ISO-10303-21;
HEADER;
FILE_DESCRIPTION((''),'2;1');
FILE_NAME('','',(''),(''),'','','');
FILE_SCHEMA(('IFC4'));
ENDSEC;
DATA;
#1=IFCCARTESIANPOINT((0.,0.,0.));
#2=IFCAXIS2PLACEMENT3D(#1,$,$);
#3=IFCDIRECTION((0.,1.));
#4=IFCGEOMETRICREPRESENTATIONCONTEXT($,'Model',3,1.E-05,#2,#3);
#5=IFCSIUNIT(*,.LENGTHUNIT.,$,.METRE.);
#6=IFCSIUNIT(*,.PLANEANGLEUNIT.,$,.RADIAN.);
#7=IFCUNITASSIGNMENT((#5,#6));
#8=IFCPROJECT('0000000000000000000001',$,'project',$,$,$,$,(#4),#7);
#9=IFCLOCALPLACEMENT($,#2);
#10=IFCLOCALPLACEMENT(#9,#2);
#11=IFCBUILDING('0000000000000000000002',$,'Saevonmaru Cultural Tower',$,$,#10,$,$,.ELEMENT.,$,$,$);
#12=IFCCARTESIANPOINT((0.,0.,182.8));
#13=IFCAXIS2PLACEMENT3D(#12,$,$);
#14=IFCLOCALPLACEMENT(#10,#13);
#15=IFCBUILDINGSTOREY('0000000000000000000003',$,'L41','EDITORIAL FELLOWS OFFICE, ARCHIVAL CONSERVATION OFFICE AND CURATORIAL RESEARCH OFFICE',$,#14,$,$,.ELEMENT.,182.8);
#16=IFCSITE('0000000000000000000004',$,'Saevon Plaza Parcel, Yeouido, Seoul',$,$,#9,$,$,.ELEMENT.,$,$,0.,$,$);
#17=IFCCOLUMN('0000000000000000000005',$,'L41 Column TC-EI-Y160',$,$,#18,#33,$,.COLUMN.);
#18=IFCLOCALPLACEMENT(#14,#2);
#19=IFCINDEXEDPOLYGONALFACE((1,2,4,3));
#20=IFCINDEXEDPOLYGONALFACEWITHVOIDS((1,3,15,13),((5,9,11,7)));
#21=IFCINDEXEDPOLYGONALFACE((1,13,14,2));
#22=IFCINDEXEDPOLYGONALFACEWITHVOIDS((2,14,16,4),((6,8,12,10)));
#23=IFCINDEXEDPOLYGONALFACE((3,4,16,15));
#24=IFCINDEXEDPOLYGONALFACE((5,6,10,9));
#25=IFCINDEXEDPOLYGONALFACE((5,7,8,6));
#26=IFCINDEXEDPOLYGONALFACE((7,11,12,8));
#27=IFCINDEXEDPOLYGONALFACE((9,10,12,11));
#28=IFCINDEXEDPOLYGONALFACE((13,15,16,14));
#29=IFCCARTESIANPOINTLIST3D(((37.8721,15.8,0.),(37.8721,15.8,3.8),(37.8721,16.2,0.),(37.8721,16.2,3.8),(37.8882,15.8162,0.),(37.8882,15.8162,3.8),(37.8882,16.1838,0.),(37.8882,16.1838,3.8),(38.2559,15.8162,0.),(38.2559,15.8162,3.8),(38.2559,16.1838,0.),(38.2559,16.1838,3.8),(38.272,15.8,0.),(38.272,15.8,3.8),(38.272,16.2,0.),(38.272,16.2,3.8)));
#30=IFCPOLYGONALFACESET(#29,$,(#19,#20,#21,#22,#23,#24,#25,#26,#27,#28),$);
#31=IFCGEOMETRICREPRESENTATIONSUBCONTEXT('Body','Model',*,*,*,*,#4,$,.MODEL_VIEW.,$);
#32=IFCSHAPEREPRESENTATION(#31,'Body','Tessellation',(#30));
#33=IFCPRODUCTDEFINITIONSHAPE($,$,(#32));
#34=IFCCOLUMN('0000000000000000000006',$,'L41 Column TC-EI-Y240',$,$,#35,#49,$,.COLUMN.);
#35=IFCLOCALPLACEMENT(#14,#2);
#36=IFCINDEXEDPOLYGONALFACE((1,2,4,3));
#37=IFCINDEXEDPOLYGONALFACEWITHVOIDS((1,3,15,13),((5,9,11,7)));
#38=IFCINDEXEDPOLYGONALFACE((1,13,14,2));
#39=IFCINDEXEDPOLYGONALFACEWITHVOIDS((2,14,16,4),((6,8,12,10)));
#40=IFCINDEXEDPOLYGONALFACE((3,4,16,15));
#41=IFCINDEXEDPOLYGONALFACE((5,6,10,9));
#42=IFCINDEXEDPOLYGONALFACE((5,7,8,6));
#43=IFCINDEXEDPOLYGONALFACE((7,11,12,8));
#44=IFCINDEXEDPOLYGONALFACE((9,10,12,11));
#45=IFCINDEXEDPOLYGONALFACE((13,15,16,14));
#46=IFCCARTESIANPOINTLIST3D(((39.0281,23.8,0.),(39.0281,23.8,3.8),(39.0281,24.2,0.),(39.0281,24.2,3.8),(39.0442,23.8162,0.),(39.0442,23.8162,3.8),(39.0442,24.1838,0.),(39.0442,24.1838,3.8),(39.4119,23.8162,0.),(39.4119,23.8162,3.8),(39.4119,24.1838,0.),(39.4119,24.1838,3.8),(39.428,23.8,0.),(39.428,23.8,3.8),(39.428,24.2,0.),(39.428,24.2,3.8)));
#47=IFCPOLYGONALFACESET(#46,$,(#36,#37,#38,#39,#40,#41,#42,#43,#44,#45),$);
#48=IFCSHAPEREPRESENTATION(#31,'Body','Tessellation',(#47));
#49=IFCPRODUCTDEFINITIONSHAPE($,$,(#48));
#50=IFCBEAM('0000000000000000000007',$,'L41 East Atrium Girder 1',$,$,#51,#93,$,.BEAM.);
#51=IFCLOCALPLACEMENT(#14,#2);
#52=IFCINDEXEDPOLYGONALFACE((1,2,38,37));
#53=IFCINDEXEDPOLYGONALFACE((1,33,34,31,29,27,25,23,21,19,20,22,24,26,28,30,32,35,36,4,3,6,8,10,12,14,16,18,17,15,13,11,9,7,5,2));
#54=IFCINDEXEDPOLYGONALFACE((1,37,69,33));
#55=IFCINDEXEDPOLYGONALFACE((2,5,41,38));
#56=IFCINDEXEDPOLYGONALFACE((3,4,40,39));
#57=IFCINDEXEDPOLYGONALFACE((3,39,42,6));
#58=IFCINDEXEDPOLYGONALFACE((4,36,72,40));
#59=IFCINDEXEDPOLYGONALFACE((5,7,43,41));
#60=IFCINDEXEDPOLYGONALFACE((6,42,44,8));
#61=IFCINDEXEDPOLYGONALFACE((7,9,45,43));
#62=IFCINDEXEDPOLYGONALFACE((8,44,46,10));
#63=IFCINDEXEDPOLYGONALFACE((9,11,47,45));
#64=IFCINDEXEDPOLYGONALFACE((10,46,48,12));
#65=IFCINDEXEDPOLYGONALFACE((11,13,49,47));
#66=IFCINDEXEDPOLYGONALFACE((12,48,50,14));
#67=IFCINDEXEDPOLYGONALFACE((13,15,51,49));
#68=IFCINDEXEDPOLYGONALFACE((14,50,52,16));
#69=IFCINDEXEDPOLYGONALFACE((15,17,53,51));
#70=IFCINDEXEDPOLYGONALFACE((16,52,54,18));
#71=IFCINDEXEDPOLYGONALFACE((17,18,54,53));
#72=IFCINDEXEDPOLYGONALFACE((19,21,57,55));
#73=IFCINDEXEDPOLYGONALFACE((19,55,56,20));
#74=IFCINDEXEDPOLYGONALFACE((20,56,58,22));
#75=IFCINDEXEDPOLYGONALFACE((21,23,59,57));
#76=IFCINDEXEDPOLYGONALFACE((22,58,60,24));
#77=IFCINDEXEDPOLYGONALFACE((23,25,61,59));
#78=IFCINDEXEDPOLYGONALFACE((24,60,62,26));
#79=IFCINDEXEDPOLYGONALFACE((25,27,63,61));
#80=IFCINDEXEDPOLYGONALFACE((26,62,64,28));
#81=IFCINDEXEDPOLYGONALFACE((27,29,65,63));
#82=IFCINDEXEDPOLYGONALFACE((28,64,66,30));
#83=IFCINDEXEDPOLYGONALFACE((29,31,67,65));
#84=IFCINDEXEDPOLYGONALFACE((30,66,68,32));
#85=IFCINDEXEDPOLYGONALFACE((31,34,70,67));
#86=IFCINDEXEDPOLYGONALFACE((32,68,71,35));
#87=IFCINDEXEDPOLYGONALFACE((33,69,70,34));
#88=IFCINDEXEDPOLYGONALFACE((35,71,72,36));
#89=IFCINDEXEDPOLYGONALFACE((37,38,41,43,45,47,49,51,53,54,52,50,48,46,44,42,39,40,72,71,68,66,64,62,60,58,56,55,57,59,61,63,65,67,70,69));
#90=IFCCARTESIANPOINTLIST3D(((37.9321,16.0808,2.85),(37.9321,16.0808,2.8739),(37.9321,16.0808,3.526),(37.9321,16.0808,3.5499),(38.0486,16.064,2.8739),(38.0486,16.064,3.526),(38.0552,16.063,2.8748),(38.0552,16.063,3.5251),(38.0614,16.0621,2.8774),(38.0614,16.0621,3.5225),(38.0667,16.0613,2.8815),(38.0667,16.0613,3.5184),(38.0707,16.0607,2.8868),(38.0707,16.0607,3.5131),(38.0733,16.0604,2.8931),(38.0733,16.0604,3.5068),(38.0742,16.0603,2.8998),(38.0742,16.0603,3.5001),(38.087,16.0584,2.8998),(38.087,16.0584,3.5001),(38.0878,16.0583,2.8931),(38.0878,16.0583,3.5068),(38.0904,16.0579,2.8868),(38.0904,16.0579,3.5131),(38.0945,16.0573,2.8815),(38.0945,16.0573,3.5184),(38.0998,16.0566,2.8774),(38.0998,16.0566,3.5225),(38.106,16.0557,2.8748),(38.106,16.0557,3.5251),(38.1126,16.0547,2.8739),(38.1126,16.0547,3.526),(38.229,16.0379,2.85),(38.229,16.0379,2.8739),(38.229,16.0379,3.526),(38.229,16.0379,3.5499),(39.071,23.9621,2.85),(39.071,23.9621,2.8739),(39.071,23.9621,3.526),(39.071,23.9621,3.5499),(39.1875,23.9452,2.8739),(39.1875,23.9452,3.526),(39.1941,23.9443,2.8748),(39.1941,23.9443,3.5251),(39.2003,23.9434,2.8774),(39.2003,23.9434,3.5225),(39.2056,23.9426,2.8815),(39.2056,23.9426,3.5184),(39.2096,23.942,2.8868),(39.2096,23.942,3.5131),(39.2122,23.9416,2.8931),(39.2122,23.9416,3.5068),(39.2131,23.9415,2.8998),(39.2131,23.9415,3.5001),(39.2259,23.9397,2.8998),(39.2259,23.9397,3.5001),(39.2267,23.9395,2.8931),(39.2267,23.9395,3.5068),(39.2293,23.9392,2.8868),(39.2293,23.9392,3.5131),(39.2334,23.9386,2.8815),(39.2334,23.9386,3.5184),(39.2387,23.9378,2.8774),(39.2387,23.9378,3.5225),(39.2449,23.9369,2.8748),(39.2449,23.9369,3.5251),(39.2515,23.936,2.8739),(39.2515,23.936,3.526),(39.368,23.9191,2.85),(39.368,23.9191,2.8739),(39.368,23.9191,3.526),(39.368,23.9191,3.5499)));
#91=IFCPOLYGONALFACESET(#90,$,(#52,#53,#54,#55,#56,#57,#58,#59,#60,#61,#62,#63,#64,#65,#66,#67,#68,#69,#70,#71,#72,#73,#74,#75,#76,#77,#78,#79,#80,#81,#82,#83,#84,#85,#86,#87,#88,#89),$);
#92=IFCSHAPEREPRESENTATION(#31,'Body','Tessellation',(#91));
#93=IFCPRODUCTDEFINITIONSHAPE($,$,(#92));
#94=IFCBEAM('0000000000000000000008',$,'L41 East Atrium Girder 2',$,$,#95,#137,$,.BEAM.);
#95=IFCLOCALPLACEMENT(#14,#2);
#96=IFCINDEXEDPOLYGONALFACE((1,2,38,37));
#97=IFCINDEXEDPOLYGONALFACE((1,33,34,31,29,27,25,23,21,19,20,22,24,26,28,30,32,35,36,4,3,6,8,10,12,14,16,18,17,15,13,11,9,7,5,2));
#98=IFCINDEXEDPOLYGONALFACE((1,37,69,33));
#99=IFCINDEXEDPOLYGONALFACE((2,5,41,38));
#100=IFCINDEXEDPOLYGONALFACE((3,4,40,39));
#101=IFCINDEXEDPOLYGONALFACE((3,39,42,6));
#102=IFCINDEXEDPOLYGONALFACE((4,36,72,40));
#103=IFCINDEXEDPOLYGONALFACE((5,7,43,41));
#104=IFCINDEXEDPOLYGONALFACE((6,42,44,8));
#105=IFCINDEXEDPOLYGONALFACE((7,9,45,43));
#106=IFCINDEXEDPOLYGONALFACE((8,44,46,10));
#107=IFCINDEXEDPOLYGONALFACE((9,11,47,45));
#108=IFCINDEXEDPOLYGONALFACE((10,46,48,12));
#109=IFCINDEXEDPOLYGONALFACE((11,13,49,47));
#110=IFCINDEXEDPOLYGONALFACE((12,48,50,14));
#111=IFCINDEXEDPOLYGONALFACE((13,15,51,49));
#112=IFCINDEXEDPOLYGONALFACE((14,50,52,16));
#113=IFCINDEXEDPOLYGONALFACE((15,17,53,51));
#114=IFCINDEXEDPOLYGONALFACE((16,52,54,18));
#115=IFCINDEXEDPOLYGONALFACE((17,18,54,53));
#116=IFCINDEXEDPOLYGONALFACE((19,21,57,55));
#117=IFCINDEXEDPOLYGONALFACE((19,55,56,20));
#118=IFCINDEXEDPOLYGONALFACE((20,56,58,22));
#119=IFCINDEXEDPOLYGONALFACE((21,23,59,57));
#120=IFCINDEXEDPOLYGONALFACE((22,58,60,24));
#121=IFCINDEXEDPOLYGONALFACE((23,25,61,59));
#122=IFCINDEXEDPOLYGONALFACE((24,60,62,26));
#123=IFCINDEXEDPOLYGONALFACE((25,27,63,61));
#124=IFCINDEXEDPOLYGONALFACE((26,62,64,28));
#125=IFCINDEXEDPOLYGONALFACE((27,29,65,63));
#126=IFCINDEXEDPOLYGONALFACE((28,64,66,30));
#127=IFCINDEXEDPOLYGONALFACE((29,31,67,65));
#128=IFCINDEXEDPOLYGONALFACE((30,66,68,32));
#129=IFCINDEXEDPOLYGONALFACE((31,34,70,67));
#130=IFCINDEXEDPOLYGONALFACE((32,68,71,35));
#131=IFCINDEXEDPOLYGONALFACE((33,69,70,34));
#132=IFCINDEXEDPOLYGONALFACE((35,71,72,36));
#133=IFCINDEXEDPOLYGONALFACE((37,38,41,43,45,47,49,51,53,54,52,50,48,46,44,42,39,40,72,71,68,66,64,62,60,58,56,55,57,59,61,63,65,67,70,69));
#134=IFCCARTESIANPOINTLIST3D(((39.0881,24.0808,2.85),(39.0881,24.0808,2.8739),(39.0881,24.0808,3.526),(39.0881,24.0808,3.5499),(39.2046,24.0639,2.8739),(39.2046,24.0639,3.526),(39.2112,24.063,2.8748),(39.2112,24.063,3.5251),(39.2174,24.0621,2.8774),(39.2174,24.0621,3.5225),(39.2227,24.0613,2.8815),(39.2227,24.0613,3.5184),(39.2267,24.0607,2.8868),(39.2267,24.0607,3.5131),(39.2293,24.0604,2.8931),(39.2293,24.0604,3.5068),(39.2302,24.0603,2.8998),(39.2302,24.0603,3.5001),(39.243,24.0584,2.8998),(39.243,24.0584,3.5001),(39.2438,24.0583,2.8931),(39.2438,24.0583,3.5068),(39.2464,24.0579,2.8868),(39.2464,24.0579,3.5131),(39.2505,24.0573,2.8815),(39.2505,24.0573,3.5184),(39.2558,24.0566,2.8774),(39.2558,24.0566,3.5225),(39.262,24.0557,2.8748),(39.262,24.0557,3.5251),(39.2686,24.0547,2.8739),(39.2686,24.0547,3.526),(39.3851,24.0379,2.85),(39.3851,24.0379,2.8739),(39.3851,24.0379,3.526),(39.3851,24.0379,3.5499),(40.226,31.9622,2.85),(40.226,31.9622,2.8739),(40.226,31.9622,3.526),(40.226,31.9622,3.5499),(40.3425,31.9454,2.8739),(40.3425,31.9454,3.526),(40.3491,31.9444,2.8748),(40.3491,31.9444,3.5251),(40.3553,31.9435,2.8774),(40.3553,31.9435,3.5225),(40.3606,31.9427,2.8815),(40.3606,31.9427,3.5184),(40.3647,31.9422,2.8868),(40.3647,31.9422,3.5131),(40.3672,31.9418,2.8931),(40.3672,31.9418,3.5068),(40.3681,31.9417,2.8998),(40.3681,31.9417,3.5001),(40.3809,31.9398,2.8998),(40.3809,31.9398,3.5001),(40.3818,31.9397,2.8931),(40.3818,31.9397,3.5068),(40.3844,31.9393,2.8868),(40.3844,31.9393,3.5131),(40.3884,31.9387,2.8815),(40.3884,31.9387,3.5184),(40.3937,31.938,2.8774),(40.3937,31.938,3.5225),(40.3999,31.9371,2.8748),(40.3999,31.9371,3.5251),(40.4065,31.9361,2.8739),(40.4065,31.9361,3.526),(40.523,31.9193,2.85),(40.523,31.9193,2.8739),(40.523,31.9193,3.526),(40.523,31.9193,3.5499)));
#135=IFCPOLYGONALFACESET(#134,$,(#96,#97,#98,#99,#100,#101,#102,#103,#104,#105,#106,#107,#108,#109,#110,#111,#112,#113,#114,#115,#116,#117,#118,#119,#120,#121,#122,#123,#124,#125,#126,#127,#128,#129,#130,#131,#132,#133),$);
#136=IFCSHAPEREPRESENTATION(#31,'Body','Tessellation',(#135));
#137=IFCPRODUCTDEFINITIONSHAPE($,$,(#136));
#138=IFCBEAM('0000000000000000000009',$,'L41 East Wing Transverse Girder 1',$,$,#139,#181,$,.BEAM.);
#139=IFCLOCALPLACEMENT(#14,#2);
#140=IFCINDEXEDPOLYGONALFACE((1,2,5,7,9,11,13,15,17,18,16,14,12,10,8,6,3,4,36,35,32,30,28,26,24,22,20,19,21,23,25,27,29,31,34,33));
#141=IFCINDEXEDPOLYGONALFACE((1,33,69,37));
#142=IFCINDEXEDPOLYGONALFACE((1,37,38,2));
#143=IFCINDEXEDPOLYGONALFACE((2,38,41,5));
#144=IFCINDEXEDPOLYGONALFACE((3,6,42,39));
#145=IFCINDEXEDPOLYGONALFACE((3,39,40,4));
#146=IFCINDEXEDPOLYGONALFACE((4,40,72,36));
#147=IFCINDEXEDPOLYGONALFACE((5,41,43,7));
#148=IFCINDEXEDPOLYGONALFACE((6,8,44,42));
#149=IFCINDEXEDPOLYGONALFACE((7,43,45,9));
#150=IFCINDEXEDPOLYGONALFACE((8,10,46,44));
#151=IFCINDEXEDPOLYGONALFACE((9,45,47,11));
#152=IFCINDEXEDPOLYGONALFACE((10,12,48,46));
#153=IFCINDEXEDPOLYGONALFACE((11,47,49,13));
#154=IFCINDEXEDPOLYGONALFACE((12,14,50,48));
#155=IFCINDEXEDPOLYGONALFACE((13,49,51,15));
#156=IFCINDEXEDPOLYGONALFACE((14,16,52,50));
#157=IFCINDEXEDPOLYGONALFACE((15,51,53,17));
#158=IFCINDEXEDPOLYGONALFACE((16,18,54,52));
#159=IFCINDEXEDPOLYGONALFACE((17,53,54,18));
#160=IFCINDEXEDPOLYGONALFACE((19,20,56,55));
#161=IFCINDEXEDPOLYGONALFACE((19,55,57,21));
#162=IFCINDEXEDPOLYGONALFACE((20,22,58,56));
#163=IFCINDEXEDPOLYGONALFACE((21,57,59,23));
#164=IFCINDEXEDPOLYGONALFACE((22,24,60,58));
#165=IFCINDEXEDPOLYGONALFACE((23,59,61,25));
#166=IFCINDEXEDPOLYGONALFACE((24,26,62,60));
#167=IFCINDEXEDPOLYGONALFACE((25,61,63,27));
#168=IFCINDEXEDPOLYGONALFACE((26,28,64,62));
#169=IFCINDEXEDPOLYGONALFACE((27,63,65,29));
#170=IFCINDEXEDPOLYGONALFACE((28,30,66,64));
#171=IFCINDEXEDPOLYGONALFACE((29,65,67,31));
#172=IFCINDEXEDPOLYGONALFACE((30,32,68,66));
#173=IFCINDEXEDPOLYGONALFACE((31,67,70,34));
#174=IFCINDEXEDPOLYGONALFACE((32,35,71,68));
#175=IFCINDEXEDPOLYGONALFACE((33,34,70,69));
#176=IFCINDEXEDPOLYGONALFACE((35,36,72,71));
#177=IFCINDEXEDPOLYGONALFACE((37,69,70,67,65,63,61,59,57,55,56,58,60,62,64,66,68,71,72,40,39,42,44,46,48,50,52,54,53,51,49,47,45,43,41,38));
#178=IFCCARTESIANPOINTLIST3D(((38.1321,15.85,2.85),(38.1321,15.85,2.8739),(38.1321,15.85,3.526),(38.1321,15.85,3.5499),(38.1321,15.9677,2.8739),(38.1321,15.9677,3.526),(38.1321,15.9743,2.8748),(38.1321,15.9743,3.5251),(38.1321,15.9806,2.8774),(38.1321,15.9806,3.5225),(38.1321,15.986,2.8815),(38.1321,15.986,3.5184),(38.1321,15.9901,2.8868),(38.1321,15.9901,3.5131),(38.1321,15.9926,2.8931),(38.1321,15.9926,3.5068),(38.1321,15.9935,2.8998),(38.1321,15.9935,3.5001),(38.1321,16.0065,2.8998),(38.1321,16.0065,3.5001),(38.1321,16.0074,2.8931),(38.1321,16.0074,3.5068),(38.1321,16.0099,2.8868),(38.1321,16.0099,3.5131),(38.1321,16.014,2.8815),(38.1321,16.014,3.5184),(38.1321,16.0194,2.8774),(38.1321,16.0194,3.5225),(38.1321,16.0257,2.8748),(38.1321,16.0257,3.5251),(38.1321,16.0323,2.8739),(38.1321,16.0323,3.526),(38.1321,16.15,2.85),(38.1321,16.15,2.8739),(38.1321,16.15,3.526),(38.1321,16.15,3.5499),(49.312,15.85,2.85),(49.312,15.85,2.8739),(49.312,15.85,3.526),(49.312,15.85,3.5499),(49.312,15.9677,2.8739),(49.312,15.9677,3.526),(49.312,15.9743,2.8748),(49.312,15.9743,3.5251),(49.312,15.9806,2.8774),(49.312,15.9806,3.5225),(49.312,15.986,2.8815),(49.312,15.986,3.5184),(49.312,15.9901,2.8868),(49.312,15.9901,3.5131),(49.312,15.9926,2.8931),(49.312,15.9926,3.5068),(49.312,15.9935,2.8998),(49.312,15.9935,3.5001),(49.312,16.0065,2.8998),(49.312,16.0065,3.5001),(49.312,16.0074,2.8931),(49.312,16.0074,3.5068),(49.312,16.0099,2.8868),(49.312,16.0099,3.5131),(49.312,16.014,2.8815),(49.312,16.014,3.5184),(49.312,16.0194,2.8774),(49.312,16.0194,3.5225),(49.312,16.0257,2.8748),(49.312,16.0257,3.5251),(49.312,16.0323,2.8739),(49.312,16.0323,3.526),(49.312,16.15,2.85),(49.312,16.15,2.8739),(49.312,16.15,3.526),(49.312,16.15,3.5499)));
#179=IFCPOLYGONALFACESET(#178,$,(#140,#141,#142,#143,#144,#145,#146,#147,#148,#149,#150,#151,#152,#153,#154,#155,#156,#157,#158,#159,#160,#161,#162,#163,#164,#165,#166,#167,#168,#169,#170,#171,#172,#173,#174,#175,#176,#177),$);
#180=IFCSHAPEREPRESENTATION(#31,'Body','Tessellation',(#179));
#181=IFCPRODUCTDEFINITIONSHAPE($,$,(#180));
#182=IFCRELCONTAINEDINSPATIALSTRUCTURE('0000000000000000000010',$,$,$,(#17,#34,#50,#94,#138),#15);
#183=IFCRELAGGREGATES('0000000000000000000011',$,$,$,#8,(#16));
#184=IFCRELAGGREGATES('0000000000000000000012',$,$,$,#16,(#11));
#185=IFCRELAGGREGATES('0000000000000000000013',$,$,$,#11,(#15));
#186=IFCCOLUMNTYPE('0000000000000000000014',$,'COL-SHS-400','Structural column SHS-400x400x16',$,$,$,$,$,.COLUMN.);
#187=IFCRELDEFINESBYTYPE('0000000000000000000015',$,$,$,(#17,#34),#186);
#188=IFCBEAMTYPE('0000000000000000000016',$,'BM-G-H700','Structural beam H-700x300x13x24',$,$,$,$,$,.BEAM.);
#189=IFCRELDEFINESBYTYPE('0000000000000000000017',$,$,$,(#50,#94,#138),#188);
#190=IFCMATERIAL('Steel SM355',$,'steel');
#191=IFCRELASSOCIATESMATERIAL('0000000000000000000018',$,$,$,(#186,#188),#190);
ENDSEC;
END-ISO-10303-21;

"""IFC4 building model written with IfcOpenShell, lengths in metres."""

from ifc_helpers import new_model, si_unit, direction, frame, origin, origin_2d, place, context, subcontext, project, spatial, hollow_rectangle, i_section, extrude, material, material_profile, profile_set, type_object, element, save


model = new_model("IFC4")

# Units and contexts
model_context = context("Model", 3, precision=1e-05, world=origin(), true_north=direction((0.0, 1.0)))
body_context = subcontext(model_context, "Body", "Model", "MODEL_VIEW")
ifc_project = project(units=[si_unit("LENGTHUNIT", "METRE"), si_unit("PLANEANGLEUNIT", "RADIAN")], contexts=[model_context])

# Site, building, storey
site_placement = place(None, origin())
site = spatial("IfcSite", under=ifc_project, at=site_placement, Name="Saevon Plaza Parcel, Yeouido, Seoul", CompositionType="ELEMENT", RefElevation=0.0)
building_placement = place(site_placement, origin())
building = spatial("IfcBuilding", under=site, at=building_placement, Name="Saevonmaru Cultural Tower", CompositionType="ELEMENT")
storey_placement = place(building_placement, frame((0.0, 0.0, 182.8)))
storey = spatial("IfcBuildingStorey", under=building, at=storey_placement, Name="L41", Description="EDITORIAL FELLOWS OFFICE, ARCHIVAL CONSERVATION OFFICE AND CURATORIAL RESEARCH OFFICE", CompositionType="ELEMENT", Elevation=182.8)

# Columns
ifc_material_1 = material(Name="Steel SM355", Category="steel")
ifc_material_profile_1 = material_profile(ifc_material_1, hollow_rectangle(XDim=0.3999, YDim=0.3999, WallThickness=0.0161, at=origin_2d()), Name="SHS-400x400x16")
ifc_profile_set_1 = profile_set([ifc_material_profile_1], Name="Steel SM355")
column_type = type_object("IfcColumnType", Name="COL-SHS-400", Description="Structural column SHS-400x400x16", PredefinedType="COLUMN", material=ifc_profile_set_1)
for number, where, z_axis, x_axis, name in (
    (1, (38.072, 16.0, 0.0), (0.0, 0.0, 1.0), (1.0, 0.0, 0.0), "L41 Column TC-EI-Y160"),
    (2, (39.228, 24.0, 0.0), (0.0, 0.0, 1.0), (1.0, 0.0, 0.0), "L41 Column TC-EI-Y240"),
):
    element("IfcColumn", number, at=place(storey_placement, frame(where, z_axis=z_axis, x_axis=x_axis)), inside=storey, type_object=column_type, Name=name, PredefinedType="COLUMN", context=body_context, shape_type="SweptSolid", body=[
        extrude(hollow_rectangle(XDim=0.3999, YDim=0.3999, WallThickness=0.0161, at=origin_2d()), origin(), (0.0, 0.0, 1.0), 3.8),
    ])

# Beams
ifc_material_profile_2 = material_profile(ifc_material_1, i_section(OverallWidth=0.3, OverallDepth=0.7, WebThickness=0.0129, FlangeThickness=0.0239, FilletRadius=0.0259, at=origin_2d()), Name="H-700x300x13x24")
ifc_profile_set_2 = profile_set([ifc_material_profile_2], Name="Steel SM355")
beam_type_1 = type_object("IfcBeamType", Name="BM-G-H700", Description="Structural beam H-700x300x13x24", PredefinedType="BEAM", material=ifc_profile_set_2)
for number, where, z_axis, x_axis, name in (
    (3, (38.0806, 16.0593, 3.2), (0.143022, 0.989719, 0.0), (-0.989719, 0.143022, 0.0), "L41 East Atrium Girder 1"),
    (4, (39.2366, 24.0593, 3.2), (0.142902, 0.989737, 0.0), (-0.989737, 0.142902, 0.0), "L41 East Atrium Girder 2"),
):
    element("IfcBeam", number, at=place(storey_placement, frame(where, z_axis=z_axis, x_axis=x_axis)), inside=storey, type_object=beam_type_1, Name=name, PredefinedType="BEAM", context=body_context, shape_type="SweptSolid", body=[
        extrude(i_section(OverallWidth=0.3, OverallDepth=0.7, WebThickness=0.0129, FlangeThickness=0.0239, FilletRadius=0.0259, at=origin_2d()), origin(), (0.0, 0.0, 1.0), 7.9631),
    ])
for number, where, z_axis, x_axis, name in (
    (5, (38.1321, 16.0, 3.2), (1.0, 0.0, 0.0), (0.0, 1.0, 0.0), "L41 East Wing Transverse Girder 1"),
):
    element("IfcBeam", number, at=place(storey_placement, frame(where, z_axis=z_axis, x_axis=x_axis)), inside=storey, type_object=beam_type_1, Name=name, PredefinedType="BEAM", context=body_context, shape_type="SweptSolid", body=[
        extrude(i_section(OverallWidth=0.3, OverallDepth=0.7, WebThickness=0.0129, FlangeThickness=0.0239, FilletRadius=0.0259, at=origin_2d()), origin(), (0.0, 0.0, 1.0), 11.1799),
    ])

save(model, "model.ifc")
